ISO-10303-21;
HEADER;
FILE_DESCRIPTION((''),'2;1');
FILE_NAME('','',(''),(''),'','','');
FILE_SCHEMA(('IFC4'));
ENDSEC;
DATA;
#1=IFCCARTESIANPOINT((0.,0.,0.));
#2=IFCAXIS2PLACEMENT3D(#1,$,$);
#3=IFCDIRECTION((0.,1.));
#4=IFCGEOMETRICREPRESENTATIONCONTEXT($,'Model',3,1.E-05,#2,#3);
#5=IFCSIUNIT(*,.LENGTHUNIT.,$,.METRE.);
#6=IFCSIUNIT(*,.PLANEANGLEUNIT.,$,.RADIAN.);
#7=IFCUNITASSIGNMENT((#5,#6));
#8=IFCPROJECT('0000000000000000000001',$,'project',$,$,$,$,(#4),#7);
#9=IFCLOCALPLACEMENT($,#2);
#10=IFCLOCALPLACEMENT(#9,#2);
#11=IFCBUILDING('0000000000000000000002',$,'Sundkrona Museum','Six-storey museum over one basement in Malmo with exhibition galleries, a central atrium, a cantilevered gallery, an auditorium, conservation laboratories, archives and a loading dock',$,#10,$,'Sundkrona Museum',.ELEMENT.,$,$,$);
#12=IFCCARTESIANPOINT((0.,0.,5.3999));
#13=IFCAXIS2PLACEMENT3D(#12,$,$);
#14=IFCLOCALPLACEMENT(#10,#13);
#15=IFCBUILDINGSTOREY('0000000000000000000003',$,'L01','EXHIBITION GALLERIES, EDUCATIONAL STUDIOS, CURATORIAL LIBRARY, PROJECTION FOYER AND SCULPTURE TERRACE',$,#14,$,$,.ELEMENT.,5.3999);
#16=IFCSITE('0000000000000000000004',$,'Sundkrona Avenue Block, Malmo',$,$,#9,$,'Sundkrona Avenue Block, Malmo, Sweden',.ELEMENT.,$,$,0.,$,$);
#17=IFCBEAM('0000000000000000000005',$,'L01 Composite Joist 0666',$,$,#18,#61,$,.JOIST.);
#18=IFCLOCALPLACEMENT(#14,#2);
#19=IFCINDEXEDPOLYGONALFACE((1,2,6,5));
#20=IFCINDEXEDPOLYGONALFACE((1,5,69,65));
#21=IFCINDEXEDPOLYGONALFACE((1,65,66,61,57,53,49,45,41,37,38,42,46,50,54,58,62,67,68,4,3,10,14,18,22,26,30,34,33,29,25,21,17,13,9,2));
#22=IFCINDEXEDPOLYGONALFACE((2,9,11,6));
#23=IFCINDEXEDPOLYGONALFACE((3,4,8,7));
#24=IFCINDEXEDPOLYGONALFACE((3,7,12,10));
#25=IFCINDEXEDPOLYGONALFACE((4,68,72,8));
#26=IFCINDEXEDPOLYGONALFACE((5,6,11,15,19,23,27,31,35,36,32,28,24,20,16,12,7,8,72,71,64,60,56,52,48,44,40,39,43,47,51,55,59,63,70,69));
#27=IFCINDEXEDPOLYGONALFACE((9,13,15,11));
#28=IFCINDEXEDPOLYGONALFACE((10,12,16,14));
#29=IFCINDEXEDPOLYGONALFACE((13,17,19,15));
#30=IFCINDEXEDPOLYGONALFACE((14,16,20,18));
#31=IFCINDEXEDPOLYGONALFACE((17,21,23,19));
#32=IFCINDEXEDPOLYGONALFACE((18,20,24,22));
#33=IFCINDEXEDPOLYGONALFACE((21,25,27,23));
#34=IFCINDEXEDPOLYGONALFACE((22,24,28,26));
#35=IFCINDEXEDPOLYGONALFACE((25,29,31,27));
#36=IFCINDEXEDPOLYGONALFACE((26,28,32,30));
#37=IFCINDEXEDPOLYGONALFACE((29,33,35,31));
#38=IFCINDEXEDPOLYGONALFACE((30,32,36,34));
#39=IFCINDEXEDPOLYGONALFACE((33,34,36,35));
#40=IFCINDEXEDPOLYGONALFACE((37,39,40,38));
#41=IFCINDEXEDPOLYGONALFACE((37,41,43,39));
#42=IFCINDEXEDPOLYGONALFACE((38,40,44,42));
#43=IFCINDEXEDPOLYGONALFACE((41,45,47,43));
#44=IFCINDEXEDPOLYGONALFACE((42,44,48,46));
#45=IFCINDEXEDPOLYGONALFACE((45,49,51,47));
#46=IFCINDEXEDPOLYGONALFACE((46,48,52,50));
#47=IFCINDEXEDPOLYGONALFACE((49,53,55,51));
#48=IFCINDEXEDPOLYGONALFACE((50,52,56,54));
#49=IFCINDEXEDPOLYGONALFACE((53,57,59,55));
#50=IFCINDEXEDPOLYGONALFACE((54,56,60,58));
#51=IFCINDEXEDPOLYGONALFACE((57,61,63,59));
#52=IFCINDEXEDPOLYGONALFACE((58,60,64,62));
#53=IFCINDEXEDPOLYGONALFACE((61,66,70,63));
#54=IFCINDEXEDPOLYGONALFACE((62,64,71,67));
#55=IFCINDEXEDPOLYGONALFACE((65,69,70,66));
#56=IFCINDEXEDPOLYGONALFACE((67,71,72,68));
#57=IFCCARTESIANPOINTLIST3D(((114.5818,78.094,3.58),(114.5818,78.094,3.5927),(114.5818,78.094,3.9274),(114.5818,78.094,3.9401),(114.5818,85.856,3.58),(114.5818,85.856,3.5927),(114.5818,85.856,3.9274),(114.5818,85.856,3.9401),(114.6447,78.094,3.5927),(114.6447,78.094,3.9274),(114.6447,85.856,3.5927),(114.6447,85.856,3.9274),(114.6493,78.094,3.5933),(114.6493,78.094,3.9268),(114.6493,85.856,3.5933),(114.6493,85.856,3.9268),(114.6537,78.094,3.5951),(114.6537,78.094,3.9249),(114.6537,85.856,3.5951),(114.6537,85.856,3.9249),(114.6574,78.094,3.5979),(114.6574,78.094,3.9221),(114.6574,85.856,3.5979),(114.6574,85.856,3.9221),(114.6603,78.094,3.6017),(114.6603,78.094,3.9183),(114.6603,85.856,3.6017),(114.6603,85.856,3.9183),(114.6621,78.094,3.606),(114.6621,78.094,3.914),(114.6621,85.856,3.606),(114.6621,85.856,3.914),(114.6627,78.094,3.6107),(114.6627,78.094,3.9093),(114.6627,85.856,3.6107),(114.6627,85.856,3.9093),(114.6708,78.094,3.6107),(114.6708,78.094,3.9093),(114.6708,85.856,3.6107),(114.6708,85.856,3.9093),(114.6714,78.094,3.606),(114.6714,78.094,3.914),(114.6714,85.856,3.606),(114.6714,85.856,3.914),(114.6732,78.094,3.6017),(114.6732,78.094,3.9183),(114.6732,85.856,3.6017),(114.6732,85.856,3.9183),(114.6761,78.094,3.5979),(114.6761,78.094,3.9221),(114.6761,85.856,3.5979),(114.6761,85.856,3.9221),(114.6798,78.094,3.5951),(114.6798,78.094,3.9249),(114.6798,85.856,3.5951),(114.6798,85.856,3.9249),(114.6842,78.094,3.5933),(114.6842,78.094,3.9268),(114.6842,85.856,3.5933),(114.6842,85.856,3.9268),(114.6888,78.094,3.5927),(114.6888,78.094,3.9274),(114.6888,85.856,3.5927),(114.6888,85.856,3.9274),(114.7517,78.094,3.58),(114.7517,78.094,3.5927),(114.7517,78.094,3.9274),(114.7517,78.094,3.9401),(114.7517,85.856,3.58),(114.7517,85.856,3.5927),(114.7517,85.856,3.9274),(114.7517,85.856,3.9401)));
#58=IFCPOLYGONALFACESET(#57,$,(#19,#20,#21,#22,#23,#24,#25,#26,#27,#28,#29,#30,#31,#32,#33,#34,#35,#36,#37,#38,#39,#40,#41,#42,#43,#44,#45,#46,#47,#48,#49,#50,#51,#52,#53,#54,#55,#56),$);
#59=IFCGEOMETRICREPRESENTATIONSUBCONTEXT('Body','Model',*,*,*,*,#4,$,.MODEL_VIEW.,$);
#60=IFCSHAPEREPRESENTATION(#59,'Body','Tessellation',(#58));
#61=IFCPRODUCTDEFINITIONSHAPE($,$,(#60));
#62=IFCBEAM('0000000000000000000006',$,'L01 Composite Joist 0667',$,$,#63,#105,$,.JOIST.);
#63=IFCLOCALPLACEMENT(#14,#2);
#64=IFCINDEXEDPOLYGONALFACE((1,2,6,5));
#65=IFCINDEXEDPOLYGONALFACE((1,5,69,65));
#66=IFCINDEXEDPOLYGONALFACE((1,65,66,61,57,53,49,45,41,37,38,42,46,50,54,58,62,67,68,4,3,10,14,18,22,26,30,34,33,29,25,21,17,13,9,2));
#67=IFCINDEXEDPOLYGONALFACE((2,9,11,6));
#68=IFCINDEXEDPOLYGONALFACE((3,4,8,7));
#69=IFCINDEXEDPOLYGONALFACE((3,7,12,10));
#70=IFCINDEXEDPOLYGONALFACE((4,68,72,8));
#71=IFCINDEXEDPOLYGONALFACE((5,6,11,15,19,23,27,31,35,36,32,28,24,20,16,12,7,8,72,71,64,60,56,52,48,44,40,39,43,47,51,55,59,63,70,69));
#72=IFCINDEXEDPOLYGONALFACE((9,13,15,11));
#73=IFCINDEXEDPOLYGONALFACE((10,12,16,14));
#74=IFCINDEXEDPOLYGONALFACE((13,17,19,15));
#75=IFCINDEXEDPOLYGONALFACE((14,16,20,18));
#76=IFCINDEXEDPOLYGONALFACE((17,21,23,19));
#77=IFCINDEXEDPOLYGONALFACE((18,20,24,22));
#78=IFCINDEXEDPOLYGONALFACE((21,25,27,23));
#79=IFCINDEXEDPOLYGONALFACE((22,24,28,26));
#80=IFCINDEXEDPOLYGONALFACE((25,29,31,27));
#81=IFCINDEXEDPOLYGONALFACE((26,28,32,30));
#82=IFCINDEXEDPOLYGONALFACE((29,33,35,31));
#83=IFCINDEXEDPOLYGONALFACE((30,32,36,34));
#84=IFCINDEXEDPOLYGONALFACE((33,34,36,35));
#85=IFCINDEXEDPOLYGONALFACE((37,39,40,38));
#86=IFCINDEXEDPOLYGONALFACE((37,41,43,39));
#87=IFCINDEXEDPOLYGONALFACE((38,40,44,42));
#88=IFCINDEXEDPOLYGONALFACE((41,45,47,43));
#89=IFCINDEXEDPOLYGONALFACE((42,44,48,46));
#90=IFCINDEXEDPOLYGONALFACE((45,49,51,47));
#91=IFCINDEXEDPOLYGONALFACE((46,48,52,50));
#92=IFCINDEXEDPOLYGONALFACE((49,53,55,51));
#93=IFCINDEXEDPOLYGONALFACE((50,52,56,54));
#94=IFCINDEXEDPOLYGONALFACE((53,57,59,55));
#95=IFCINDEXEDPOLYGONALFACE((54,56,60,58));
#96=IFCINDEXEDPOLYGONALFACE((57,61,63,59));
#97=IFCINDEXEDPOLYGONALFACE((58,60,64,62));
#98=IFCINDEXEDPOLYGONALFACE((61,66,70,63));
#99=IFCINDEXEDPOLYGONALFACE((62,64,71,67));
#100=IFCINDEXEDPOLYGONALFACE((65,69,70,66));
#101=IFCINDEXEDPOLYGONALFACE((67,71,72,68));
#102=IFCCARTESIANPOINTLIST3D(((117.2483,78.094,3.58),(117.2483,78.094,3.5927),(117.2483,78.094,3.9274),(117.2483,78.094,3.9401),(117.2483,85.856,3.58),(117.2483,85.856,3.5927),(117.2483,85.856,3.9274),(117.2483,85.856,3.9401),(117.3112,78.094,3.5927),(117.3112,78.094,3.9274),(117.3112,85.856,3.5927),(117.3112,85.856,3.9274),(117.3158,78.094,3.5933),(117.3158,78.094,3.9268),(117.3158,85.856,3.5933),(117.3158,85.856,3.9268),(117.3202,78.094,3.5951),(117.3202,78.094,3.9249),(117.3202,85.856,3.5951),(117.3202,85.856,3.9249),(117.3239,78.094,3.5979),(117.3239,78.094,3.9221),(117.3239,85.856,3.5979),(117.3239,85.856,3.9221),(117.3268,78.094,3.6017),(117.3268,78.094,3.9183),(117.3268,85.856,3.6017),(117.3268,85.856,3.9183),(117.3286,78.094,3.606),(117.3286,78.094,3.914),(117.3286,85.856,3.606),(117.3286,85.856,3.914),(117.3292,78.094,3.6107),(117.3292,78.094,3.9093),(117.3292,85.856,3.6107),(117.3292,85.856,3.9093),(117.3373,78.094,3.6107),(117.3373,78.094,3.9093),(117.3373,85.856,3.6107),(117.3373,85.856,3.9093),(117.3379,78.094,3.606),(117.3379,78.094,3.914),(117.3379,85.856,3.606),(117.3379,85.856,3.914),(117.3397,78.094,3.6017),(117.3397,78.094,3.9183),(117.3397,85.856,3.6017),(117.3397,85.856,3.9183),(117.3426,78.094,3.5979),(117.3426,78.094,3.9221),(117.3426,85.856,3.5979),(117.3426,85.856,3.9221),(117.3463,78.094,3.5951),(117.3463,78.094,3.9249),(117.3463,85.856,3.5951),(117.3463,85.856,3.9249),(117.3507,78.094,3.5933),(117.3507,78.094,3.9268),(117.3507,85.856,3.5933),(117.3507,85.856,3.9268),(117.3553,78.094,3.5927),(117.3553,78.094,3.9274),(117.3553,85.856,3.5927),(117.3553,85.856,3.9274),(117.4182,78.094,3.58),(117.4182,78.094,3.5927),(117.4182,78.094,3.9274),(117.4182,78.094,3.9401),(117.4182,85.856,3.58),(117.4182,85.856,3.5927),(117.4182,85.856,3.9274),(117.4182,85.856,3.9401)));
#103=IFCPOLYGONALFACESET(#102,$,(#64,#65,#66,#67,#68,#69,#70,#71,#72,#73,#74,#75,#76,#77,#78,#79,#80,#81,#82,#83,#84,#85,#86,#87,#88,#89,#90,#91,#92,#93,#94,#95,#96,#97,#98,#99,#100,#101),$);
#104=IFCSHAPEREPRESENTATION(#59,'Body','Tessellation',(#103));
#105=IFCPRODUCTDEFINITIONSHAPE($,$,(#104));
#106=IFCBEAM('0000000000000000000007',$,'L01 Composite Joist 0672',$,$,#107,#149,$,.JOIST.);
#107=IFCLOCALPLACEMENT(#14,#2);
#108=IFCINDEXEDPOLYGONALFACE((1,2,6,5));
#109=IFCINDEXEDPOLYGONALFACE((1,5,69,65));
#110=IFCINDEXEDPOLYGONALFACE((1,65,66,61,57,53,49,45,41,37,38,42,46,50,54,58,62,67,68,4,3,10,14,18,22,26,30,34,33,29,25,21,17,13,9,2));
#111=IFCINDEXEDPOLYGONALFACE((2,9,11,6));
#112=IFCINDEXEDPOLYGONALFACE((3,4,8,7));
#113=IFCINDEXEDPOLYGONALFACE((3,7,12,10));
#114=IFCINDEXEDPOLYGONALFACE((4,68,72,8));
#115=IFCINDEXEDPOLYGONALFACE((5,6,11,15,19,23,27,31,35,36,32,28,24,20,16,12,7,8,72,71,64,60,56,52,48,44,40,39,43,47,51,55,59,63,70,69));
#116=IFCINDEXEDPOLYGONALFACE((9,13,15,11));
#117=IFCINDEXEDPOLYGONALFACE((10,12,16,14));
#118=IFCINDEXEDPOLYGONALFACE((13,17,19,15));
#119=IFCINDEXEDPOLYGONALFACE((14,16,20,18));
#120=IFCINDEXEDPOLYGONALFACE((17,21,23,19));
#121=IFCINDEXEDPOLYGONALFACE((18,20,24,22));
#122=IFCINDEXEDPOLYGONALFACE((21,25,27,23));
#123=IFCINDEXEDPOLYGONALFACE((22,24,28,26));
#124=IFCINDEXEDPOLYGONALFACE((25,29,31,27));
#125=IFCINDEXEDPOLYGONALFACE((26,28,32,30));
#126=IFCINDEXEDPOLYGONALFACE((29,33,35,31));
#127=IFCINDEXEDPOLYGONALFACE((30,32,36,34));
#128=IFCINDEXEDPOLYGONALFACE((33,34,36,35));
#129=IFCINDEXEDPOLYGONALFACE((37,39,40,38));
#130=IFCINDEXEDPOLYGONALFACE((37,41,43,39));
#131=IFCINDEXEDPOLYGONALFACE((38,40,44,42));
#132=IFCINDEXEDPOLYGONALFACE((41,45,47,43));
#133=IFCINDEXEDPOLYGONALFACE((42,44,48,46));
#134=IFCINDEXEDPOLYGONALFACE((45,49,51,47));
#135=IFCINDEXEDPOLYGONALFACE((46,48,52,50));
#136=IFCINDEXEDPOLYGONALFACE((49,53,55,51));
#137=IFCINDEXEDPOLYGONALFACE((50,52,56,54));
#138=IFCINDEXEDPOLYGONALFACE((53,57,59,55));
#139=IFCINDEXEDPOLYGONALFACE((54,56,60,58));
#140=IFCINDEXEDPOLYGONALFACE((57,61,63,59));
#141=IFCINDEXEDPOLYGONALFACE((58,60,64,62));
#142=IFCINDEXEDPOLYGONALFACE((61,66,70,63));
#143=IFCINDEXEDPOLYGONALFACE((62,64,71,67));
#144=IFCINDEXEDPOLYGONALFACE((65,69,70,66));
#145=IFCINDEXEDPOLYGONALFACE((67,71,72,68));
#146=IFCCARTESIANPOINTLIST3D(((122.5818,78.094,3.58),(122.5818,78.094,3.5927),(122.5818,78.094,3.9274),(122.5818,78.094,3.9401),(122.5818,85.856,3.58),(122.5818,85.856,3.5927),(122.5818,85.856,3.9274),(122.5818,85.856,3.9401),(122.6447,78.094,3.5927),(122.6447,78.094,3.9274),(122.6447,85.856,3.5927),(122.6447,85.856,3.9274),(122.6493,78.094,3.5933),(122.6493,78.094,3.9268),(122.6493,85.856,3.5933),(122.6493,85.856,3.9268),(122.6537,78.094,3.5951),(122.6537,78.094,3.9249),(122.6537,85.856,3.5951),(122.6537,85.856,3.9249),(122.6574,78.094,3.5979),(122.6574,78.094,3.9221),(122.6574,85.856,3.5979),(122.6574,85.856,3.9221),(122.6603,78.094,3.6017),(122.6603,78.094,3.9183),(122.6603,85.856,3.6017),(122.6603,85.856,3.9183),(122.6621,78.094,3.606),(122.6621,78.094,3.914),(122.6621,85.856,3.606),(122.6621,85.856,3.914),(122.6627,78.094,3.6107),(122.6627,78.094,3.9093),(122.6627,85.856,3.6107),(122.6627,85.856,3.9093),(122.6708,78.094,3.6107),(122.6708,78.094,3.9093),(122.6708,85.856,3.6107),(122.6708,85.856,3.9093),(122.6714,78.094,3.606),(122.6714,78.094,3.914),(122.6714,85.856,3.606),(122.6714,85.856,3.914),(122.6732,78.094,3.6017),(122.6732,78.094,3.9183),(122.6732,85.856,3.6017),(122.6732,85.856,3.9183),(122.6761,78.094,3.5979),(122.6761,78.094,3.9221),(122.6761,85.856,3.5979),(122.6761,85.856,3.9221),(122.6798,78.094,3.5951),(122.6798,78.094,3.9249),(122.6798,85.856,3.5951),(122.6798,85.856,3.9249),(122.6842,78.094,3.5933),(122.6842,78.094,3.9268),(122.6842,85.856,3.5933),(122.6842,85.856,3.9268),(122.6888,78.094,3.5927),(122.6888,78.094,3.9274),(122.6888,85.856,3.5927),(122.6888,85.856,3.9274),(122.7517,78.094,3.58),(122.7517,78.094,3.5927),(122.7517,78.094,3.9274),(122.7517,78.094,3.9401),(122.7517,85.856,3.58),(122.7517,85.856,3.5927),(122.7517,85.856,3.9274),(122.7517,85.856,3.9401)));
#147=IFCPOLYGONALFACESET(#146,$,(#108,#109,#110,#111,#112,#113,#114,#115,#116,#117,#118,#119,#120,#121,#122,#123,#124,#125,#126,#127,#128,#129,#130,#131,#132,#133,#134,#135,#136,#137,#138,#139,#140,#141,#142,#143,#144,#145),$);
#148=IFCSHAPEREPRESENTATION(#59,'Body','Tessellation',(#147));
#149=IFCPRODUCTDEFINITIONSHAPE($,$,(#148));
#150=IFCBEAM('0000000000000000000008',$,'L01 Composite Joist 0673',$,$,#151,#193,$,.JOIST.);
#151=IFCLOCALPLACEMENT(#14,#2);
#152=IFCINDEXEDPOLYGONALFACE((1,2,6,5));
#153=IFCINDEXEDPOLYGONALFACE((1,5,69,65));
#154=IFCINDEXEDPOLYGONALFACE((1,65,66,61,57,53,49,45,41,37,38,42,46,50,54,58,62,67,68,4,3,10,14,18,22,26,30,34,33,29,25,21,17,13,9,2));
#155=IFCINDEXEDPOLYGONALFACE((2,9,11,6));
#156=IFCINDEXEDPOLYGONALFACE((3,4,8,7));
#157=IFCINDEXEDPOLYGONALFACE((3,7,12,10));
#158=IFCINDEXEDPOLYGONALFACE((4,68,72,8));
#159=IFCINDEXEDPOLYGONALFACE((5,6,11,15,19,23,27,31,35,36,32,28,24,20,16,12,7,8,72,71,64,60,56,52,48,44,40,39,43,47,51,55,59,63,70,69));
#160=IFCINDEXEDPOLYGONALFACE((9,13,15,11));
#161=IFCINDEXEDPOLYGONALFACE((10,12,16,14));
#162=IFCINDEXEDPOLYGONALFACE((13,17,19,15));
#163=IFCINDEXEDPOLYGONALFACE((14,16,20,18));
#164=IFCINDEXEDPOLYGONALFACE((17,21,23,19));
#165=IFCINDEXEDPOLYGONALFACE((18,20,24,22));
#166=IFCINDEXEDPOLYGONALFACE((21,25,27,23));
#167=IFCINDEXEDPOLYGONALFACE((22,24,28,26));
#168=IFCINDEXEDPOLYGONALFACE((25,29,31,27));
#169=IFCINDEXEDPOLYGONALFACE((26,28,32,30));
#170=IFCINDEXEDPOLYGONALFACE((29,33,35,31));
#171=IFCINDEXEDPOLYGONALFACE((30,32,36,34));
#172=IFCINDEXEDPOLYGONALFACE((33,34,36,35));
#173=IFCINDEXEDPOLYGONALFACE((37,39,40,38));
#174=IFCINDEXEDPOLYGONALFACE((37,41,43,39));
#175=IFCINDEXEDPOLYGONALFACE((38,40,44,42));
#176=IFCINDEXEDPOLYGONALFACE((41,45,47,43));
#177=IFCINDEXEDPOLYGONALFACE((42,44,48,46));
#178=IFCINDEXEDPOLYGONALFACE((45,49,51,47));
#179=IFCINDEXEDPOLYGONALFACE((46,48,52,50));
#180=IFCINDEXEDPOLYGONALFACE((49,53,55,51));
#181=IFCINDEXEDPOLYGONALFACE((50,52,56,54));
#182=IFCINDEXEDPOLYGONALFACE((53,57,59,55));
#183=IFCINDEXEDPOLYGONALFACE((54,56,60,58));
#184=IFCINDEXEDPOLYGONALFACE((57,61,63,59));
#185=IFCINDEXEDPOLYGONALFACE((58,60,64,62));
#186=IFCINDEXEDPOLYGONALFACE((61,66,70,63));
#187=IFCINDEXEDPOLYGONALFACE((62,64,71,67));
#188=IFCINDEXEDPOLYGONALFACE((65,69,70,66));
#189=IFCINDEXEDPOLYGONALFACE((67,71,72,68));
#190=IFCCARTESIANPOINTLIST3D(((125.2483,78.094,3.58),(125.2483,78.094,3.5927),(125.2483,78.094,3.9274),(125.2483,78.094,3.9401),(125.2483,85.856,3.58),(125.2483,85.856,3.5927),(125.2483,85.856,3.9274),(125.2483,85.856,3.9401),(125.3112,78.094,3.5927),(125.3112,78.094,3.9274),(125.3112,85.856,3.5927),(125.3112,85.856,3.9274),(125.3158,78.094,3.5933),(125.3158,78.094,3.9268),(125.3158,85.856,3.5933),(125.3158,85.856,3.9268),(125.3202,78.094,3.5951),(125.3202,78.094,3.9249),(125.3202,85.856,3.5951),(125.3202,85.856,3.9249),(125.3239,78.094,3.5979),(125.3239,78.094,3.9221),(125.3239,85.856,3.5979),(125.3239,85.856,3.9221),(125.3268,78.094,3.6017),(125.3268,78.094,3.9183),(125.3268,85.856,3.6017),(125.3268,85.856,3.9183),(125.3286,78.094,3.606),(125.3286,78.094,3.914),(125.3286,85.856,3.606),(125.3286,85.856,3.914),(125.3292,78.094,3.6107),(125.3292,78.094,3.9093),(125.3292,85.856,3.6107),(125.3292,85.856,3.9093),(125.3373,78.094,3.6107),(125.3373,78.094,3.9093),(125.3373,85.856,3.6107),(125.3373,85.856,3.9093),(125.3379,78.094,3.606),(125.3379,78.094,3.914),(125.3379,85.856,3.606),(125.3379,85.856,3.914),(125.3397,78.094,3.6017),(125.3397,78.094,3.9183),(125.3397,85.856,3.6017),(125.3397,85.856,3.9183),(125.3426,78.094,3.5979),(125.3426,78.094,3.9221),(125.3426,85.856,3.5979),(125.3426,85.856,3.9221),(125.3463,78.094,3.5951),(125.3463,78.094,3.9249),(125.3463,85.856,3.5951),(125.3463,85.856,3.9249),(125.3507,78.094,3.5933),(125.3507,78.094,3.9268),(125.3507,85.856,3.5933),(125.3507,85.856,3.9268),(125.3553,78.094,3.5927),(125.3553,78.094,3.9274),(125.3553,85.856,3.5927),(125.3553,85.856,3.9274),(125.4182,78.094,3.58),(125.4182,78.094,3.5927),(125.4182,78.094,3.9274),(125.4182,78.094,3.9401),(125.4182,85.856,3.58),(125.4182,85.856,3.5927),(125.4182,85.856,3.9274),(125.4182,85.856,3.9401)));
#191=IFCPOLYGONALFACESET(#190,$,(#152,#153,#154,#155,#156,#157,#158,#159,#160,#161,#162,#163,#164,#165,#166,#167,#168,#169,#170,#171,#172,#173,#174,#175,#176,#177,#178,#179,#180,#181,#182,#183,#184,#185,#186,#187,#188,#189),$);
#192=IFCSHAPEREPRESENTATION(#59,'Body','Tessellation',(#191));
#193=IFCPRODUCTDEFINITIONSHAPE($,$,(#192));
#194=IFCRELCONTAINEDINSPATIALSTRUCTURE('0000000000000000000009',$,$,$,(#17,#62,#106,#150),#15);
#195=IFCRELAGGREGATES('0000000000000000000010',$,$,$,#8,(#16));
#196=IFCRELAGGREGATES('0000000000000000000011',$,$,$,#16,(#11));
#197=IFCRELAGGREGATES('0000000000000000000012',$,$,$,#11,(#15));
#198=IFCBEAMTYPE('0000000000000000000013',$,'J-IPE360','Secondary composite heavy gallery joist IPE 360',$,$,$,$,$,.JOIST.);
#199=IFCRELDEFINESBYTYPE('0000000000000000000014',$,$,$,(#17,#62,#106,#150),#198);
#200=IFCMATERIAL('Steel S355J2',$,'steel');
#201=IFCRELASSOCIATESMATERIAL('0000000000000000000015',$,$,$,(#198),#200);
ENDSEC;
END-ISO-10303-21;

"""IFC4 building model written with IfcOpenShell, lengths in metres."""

from ifc_helpers import new_model, si_unit, direction, frame, origin, origin_2d, place, context, subcontext, project, spatial, i_section, extrude, material, material_profile, profile_set, type_object, element, save


model = new_model("IFC4")

# Units and contexts
model_context = context("Model", 3, precision=1e-05, world=origin(), true_north=direction((0.0, 1.0)))
body_context = subcontext(model_context, "Body", "Model", "MODEL_VIEW")
ifc_project = project(units=[si_unit("LENGTHUNIT", "METRE"), si_unit("PLANEANGLEUNIT", "RADIAN")], contexts=[model_context])

# Site, building, storey
site_placement = place(None, origin())
site = spatial("IfcSite", under=ifc_project, at=site_placement, Name="Sundkrona Avenue Block, Malmo", LongName="Sundkrona Avenue Block, Malmo, Sweden", CompositionType="ELEMENT", RefElevation=0.0)
building_placement = place(site_placement, origin())
building = spatial("IfcBuilding", under=site, at=building_placement, Name="Sundkrona Museum", Description="Six-storey museum over one basement in Malmo with exhibition galleries, a central atrium, a cantilevered gallery, an auditorium, conservation laboratories, archives and a loading dock", LongName="Sundkrona Museum", CompositionType="ELEMENT")
storey_placement = place(building_placement, frame((0.0, 0.0, 5.3999)))
storey = spatial("IfcBuildingStorey", under=building, at=storey_placement, Name="L01", Description="EXHIBITION GALLERIES, EDUCATIONAL STUDIOS, CURATORIAL LIBRARY, PROJECTION FOYER AND SCULPTURE TERRACE", CompositionType="ELEMENT", Elevation=5.3999)

# Shared definitions
ifc_material_1 = material(Name="Steel S355J2", Category="steel")

# Beams
ifc_material_profile_1 = material_profile(ifc_material_1, i_section(OverallWidth=0.1699, OverallDepth=0.3601, WebThickness=0.0081, FlangeThickness=0.0127, FilletRadius=0.0181, at=origin_2d()), Name="IPE 360")
ifc_profile_set_1 = profile_set([ifc_material_profile_1], Name="Steel S355J2")
beam_type_1 = type_object("IfcBeamType", Name="J-IPE360", Description="Secondary composite heavy gallery joist IPE 360", PredefinedType="JOIST", material=ifc_profile_set_1)
for number, where, z_axis, x_axis, name in (
    (1, (114.6667, 78.094, 3.76), (0.0, 1.0, 0.0), (-1.0, 0.0, 0.0), "L01 Composite Joist 0666"),
    (2, (117.3333, 78.094, 3.76), (0.0, 1.0, 0.0), (-1.0, 0.0, 0.0), "L01 Composite Joist 0667"),
    (3, (122.6667, 78.094, 3.76), (0.0, 1.0, 0.0), (-1.0, 0.0, 0.0), "L01 Composite Joist 0672"),
    (4, (125.3333, 78.094, 3.76), (0.0, 1.0, 0.0), (-1.0, 0.0, 0.0), "L01 Composite Joist 0673"),
):
    element("IfcBeam", number, at=place(storey_placement, frame(where, z_axis=z_axis, x_axis=x_axis)), inside=storey, type_object=beam_type_1, Name=name, PredefinedType="JOIST", context=body_context, shape_type="SweptSolid", body=[
        extrude(i_section(OverallWidth=0.1699, OverallDepth=0.3601, WebThickness=0.0081, FlangeThickness=0.0127, FilletRadius=0.0181, at=origin_2d()), origin(), (0.0, 0.0, 1.0), 7.762),
    ])

save(model, "model.ifc")
